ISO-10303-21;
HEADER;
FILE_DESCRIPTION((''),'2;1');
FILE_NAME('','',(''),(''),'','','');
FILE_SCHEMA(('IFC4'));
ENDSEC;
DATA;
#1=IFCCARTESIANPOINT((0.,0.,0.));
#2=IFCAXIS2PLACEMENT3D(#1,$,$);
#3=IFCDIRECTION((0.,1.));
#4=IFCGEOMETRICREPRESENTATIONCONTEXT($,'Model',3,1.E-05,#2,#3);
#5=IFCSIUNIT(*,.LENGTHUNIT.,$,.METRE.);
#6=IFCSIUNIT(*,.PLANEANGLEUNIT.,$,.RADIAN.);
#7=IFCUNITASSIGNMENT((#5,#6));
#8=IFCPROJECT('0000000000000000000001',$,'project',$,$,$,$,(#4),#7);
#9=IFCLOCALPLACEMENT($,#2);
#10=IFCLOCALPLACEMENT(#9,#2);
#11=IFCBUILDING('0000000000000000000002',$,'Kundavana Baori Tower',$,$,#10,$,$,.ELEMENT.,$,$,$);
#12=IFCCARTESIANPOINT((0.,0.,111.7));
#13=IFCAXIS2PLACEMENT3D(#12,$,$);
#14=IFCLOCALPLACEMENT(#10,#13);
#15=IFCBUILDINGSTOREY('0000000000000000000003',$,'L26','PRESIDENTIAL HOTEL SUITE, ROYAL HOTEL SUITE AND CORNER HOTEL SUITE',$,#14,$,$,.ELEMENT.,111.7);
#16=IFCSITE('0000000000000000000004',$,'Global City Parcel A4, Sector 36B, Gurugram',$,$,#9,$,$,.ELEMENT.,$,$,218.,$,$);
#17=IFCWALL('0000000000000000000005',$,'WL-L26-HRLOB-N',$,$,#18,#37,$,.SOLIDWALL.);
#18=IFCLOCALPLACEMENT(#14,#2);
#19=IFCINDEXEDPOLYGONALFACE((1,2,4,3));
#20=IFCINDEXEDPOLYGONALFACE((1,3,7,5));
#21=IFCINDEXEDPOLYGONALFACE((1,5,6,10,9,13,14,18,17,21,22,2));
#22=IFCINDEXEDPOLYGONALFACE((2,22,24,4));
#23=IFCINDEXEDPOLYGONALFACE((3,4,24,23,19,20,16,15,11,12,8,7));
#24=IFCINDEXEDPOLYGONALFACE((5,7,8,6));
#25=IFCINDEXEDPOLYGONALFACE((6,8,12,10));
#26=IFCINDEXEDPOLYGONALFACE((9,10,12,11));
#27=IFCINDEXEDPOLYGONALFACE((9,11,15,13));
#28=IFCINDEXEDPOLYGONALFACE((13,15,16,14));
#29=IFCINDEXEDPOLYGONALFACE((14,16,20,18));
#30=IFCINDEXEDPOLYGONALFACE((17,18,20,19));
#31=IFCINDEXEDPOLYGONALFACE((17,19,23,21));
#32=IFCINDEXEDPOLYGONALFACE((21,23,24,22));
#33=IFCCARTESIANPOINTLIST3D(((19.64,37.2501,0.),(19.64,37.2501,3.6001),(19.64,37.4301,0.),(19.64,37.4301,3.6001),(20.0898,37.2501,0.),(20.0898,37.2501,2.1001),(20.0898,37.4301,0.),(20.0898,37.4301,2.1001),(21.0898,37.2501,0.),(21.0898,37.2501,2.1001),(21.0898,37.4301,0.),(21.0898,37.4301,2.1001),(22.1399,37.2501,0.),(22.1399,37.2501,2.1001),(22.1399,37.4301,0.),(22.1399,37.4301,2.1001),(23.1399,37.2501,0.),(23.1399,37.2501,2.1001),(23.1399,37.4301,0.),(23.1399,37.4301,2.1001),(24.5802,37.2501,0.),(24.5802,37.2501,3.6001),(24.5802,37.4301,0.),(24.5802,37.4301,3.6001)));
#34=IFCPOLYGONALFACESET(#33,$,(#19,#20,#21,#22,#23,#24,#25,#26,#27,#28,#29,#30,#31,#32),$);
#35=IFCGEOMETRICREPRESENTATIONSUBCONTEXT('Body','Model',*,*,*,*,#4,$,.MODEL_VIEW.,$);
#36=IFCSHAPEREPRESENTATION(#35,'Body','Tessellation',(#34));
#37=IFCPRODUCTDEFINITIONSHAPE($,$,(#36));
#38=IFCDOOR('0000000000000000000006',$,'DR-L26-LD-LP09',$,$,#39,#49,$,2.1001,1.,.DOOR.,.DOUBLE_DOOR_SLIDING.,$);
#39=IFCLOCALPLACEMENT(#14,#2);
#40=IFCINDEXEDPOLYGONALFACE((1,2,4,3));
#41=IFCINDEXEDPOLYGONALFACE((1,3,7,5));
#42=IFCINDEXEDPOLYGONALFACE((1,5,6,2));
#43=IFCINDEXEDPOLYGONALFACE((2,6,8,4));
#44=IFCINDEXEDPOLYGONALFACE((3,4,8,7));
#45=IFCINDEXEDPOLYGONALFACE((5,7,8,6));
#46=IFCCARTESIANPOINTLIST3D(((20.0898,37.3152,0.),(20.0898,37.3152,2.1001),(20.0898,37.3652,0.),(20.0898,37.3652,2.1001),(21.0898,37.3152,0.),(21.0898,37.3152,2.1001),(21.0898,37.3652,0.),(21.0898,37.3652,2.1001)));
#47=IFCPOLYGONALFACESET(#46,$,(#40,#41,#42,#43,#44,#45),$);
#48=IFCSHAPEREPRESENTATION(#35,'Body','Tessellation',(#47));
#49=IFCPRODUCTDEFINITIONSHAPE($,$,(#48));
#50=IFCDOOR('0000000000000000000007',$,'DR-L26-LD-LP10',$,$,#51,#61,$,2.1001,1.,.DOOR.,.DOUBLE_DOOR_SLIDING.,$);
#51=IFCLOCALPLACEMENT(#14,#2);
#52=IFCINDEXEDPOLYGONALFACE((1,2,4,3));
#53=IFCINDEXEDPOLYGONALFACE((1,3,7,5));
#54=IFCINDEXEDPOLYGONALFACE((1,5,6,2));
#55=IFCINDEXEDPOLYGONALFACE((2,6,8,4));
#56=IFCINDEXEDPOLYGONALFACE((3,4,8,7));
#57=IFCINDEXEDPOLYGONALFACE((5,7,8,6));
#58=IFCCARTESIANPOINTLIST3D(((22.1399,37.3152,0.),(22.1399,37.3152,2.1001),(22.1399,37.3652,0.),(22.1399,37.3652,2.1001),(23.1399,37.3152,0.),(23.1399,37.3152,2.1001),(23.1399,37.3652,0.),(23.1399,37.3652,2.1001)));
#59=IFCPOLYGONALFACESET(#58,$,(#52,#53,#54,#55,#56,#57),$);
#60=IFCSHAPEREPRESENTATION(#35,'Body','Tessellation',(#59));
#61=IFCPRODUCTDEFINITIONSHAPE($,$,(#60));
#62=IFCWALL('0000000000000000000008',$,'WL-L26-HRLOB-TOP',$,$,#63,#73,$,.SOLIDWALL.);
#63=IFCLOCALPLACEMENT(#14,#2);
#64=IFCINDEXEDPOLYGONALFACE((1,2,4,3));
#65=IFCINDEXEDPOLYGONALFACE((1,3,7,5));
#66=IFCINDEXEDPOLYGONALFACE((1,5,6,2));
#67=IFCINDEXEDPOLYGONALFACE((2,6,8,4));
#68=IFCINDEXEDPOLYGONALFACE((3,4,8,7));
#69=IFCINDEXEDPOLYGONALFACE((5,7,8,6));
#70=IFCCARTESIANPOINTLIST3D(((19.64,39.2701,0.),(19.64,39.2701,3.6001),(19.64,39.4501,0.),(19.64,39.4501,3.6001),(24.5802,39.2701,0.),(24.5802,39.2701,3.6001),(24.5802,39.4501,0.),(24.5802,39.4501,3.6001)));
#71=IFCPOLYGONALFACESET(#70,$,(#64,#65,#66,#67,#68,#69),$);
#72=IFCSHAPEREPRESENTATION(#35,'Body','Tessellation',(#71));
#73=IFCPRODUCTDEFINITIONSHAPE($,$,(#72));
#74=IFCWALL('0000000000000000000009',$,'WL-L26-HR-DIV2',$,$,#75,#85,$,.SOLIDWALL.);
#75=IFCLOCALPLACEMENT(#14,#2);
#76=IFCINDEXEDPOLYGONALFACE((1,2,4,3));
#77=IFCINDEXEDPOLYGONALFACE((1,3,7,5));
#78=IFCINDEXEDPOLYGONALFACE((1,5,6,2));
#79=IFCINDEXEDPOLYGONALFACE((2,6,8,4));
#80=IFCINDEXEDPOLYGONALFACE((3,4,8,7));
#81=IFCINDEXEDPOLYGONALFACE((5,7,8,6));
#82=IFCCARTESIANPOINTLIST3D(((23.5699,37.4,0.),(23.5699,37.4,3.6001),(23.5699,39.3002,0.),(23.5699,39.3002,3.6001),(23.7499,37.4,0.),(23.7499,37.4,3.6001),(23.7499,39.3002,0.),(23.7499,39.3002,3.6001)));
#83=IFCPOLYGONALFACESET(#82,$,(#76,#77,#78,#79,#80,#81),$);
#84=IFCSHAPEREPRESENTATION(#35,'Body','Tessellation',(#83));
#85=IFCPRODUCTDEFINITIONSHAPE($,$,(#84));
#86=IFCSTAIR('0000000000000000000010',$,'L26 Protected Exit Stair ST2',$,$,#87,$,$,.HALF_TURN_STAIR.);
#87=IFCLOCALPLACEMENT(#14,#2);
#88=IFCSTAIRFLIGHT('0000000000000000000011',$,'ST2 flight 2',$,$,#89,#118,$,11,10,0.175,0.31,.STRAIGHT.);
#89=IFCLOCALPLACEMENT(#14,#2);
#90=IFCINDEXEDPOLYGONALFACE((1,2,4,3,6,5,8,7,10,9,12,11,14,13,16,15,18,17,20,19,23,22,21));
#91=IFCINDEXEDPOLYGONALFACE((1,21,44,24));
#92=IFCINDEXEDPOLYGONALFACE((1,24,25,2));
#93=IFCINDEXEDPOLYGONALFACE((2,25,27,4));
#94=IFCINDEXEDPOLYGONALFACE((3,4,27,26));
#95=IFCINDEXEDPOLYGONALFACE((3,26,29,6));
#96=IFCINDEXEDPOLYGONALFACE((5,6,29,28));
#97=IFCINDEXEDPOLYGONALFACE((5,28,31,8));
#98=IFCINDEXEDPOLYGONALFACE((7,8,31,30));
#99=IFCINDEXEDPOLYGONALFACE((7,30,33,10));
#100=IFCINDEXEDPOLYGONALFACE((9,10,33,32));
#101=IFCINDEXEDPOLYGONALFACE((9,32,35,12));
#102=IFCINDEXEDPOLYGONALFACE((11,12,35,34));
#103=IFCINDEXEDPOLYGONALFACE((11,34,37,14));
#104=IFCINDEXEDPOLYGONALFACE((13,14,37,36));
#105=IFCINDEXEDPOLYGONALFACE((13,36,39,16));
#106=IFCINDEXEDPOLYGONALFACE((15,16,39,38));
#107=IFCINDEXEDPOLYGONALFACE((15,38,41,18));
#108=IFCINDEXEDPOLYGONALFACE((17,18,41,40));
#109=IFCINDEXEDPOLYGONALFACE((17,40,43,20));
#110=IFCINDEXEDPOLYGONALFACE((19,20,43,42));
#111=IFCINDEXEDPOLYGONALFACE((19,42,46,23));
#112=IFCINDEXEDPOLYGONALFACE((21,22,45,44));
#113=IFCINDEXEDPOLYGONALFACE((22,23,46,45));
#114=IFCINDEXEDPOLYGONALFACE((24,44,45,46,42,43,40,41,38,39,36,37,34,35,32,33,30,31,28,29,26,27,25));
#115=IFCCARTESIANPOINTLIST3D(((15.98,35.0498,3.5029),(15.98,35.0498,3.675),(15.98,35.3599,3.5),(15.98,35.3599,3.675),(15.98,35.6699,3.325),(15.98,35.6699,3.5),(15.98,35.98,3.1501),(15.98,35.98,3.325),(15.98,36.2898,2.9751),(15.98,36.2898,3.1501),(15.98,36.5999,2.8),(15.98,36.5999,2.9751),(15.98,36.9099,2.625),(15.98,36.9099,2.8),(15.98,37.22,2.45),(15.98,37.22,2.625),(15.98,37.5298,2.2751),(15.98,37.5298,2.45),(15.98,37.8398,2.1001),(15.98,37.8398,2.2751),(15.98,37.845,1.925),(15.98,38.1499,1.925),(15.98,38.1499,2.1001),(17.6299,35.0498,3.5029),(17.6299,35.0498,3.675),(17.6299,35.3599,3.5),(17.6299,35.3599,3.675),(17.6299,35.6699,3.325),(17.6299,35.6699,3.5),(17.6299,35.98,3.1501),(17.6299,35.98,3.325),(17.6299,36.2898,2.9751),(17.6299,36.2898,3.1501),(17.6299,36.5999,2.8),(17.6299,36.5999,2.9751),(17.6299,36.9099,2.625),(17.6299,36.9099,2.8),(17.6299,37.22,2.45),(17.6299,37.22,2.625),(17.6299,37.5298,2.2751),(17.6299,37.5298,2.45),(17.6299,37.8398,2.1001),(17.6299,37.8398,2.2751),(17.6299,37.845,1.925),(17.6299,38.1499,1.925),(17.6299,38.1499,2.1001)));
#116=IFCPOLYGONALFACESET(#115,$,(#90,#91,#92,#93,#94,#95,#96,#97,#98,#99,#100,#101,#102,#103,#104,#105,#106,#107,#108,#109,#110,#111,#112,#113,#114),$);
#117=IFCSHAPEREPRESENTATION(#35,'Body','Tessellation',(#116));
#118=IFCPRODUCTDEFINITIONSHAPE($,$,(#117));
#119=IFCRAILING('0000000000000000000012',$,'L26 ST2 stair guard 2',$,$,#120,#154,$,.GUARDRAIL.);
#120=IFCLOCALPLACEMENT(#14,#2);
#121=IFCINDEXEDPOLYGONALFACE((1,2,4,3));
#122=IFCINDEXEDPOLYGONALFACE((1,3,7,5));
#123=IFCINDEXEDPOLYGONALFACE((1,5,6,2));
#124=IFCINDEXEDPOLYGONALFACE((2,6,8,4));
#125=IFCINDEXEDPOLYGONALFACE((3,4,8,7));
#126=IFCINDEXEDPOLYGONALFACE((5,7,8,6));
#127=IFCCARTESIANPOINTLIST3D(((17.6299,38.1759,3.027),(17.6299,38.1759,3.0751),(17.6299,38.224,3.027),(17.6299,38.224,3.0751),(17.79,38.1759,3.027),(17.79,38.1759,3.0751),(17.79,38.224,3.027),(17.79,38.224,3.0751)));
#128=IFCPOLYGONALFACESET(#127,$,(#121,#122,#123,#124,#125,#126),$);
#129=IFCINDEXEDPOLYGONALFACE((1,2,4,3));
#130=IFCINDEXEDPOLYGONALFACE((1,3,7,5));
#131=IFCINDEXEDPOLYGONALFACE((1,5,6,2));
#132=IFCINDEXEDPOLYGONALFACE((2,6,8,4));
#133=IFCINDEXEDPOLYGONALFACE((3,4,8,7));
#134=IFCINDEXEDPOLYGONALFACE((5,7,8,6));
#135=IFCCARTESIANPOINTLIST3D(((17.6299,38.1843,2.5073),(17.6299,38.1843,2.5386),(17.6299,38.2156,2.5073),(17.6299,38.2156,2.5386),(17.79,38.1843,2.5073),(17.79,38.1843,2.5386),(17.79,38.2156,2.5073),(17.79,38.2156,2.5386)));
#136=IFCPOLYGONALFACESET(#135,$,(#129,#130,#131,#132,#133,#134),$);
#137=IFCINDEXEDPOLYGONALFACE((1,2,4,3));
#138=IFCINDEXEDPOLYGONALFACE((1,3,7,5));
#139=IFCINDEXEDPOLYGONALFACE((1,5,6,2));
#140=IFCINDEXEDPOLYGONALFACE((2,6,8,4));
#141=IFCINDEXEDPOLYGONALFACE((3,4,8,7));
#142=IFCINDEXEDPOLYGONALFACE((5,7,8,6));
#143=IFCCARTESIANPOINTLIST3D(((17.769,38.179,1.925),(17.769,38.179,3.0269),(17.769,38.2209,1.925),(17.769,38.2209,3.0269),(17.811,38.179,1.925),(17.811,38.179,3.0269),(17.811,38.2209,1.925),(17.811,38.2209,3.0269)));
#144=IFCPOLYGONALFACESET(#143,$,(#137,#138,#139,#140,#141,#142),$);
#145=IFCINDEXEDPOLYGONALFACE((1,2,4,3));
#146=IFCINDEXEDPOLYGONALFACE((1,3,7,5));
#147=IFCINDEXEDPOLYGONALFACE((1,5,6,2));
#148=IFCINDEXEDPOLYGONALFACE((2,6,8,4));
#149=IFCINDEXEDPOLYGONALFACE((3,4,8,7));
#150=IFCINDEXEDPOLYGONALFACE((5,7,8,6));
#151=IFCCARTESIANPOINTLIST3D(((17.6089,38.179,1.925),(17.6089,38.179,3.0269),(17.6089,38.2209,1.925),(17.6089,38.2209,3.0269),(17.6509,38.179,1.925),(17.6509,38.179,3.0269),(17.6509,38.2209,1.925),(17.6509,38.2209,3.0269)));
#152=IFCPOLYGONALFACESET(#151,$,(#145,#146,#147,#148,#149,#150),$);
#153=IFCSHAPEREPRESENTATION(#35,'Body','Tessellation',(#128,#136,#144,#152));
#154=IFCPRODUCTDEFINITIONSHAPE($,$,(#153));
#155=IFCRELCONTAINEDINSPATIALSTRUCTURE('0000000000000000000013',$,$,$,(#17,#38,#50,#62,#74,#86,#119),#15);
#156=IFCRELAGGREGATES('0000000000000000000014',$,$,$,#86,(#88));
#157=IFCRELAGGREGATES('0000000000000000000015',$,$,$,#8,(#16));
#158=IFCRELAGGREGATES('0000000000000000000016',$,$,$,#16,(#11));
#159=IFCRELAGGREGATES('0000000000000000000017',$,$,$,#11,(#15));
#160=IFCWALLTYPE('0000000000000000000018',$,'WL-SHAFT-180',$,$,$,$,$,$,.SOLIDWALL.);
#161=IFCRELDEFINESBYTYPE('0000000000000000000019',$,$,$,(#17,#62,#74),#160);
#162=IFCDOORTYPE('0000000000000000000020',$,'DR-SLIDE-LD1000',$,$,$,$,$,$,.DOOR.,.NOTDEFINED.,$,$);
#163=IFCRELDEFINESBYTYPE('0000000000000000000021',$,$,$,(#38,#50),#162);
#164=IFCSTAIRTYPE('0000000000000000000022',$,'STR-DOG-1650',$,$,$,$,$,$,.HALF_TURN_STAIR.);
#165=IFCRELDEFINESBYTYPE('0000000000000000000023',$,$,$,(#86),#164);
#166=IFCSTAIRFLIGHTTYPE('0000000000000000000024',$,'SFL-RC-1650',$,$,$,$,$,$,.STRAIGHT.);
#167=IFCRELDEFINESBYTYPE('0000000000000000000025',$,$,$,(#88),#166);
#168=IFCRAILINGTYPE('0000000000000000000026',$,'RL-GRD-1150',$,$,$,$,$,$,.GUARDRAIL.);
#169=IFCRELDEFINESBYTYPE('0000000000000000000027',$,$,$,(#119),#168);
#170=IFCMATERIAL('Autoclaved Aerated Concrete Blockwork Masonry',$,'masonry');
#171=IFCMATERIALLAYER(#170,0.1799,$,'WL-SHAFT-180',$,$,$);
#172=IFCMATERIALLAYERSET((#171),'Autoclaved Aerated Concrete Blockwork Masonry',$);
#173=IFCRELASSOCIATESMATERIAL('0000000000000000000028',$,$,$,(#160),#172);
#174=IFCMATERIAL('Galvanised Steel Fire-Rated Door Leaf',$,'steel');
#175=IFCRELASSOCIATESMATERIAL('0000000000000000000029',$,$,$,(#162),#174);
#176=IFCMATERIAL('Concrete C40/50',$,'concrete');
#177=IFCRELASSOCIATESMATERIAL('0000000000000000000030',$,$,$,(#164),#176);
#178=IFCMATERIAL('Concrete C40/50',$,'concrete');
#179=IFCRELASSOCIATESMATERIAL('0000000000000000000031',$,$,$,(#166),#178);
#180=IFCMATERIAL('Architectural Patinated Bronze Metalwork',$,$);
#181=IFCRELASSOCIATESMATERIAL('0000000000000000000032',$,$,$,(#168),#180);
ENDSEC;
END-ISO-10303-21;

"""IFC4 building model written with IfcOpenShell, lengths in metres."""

from ifc_helpers import new_model, si_unit, direction, frame, frame_2d, origin, origin_2d, place, context, subcontext, project, spatial, polyline, rectangle, outline, extrude, material, layer, layer_set, type_object, element, fill, aggregate, save


model = new_model("IFC4")

# Units and contexts
model_context = context("Model", 3, precision=1e-05, world=origin(), true_north=direction((0.0, 1.0)))
body_context = subcontext(model_context, "Body", "Model", "MODEL_VIEW")
ifc_project = project(units=[si_unit("LENGTHUNIT", "METRE"), si_unit("PLANEANGLEUNIT", "RADIAN")], contexts=[model_context])

# Site, building, storey
site_placement = place(None, origin())
site = spatial("IfcSite", under=ifc_project, at=site_placement, Name="Global City Parcel A4, Sector 36B, Gurugram", CompositionType="ELEMENT", RefElevation=218.0)
building_placement = place(site_placement, origin())
building = spatial("IfcBuilding", under=site, at=building_placement, Name="Kundavana Baori Tower", CompositionType="ELEMENT")
storey_placement = place(building_placement, frame((0.0, 0.0, 111.7)))
storey = spatial("IfcBuildingStorey", under=building, at=storey_placement, Name="L26", Description="PRESIDENTIAL HOTEL SUITE, ROYAL HOTEL SUITE AND CORNER HOTEL SUITE", CompositionType="ELEMENT", Elevation=111.7)

# Wall, openings, doors
ifc_material_1 = material(Name="Autoclaved Aerated Concrete Blockwork Masonry", Category="masonry")
ifc_layer_1 = layer(ifc_material_1, 0.1799, Name="WL-SHAFT-180")
ifc_layer_set_1 = layer_set([ifc_layer_1], Name="Autoclaved Aerated Concrete Blockwork Masonry")
wall_type_1 = type_object("IfcWallType", Name="WL-SHAFT-180", PredefinedType="SOLIDWALL", material=ifc_layer_set_1)
wall_1_placement = place(storey_placement, frame((19.6399, 37.3401, 0.0), z_axis=(0.0, 0.0, 1.0), x_axis=(1.0, 0.0, 0.0)))
wall_1 = element("IfcWall", 1, at=wall_1_placement, inside=storey, type_object=wall_type_1, Name="WL-L26-HRLOB-N", PredefinedType="SOLIDWALL", context=body_context, shape_type="SweptSolid", body=[
    extrude(rectangle(XDim=4.9402, YDim=0.1799, at=frame_2d((2.4702, 0.0))), origin(), (0.0, 0.0, 1.0), 3.6001),
])
opening_1_placement = place(wall_1_placement, frame((0.45, 0.0, 0.0)))
opening_1 = element("IfcOpeningElement", 2, at=opening_1_placement, cuts=wall_1, PredefinedType="OPENING", context=body_context, shape_type="SweptSolid", body=[
    extrude(rectangle(XDim=1.0, YDim=2.1001, at=frame_2d((0.5, 1.05))), frame((0.0, 0.1001, 0.0), z_axis=(0.0, -1.0, 0.0), x_axis=(1.0, 0.0, 0.0)), (0.0, 0.0, 1.0), 0.2),
])
opening_2_placement = place(wall_1_placement, frame((2.5, 0.0, 0.0)))
opening_2 = element("IfcOpeningElement", 3, at=opening_2_placement, cuts=wall_1, PredefinedType="OPENING", context=body_context, shape_type="SweptSolid", body=[
    extrude(rectangle(XDim=1.0, YDim=2.1001, at=frame_2d((0.5, 1.05))), frame((0.0, 0.1001, 0.0), z_axis=(0.0, -1.0, 0.0), x_axis=(1.0, 0.0, 0.0)), (0.0, 0.0, 1.0), 0.2),
])
ifc_material_2 = material(Name="Galvanised Steel Fire-Rated Door Leaf", Category="steel")
door_type_1 = type_object("IfcDoorType", Name="DR-SLIDE-LD1000", OperationType="NOTDEFINED", PredefinedType="DOOR", material=ifc_material_2)
door_1_placement = place(opening_1_placement, frame((1.0, 0.0, 0.0), z_axis=(0.0, 0.0, 1.0), x_axis=(-1.0, 0.0, 0.0)))
door_1 = element("IfcDoor", 4, at=door_1_placement, inside=storey, type_object=door_type_1, Name="DR-L26-LD-LP09", OperationType="DOUBLE_DOOR_SLIDING", OverallHeight=2.1001, OverallWidth=1.0, PredefinedType="DOOR", context=body_context, shape_type="SweptSolid", body=[
    extrude(rectangle(XDim=1.0, YDim=2.1001, at=frame_2d((0.5, 1.05))), frame((0.0, 0.0249, 0.0), z_axis=(0.0, -1.0, 0.0), x_axis=(1.0, 0.0, 0.0)), (0.0, 0.0, 1.0), 0.05),
])
fill(opening_1, door_1)
door_2_placement = place(opening_2_placement, frame((1.0, 0.0, 0.0), z_axis=(0.0, 0.0, 1.0), x_axis=(-1.0, 0.0, 0.0)))
door_2 = element("IfcDoor", 5, at=door_2_placement, inside=storey, type_object=door_type_1, Name="DR-L26-LD-LP10", OperationType="DOUBLE_DOOR_SLIDING", OverallHeight=2.1001, OverallWidth=1.0, PredefinedType="DOOR", context=body_context, shape_type="SweptSolid", body=[
    extrude(rectangle(XDim=1.0, YDim=2.1001, at=frame_2d((0.5, 1.05))), frame((0.0, 0.0249, 0.0), z_axis=(0.0, -1.0, 0.0), x_axis=(1.0, 0.0, 0.0)), (0.0, 0.0, 1.0), 0.05),
])
fill(opening_2, door_2)

# Walls
wall_2_placement = place(storey_placement, frame((19.6399, 39.3601, 0.0), z_axis=(0.0, 0.0, 1.0), x_axis=(1.0, 0.0, 0.0)))
element("IfcWall", 6, at=wall_2_placement, inside=storey, type_object=wall_type_1, Name="WL-L26-HRLOB-TOP", PredefinedType="SOLIDWALL", context=body_context, shape_type="SweptSolid", body=[
    extrude(rectangle(XDim=4.9402, YDim=0.1799, at=frame_2d((2.4702, 0.0))), origin(), (0.0, 0.0, 1.0), 3.6001),
])
wall_3_placement = place(storey_placement, frame((23.6599, 37.3999, 0.0), z_axis=(0.0, 0.0, 1.0), x_axis=(0.0, 1.0, 0.0)))
element("IfcWall", 7, at=wall_3_placement, inside=storey, type_object=wall_type_1, Name="WL-L26-HR-DIV2", PredefinedType="SOLIDWALL", context=body_context, shape_type="SweptSolid", body=[
    extrude(rectangle(XDim=1.9001, YDim=0.1799, at=frame_2d((0.9502, 0.0))), origin(), (0.0, 0.0, 1.0), 3.6001),
])

# Stair, stair flight
ifc_material_3 = material(Name="Concrete C40/50", Category="concrete")
stair_type = type_object("IfcStairType", Name="STR-DOG-1650", PredefinedType="HALF_TURN_STAIR", material=ifc_material_3)
stair_placement = place(storey_placement, origin())
stair = element("IfcStair", 8, at=stair_placement, inside=storey, type_object=stair_type, Name="L26 Protected Exit Stair ST2", PredefinedType="HALF_TURN_STAIR")
ifc_material_4 = material(Name="Concrete C40/50", Category="concrete")
stair_flight_type = type_object("IfcStairFlightType", Name="SFL-RC-1650", PredefinedType="STRAIGHT", material=ifc_material_4)
stair_flight_placement = place(storey_placement, frame((16.8049, 38.1499, 1.925), z_axis=(0.0, 0.0, 1.0), x_axis=(0.0, -1.0, 0.0)))
stair_flight = element("IfcStairFlight", 9, at=stair_flight_placement, type_object=stair_flight_type, Name="ST2 flight 2", NumberOfRisers=11, NumberOfTreads=10, PredefinedType="STRAIGHT", RiserHeight=0.175, TreadLength=0.31, context=body_context, shape_type="SweptSolid", body=[
    extrude(outline(polyline([(0.0, 0.0), (0.0, 0.175), (0.3101, 0.175), (0.3101, 0.3501), (0.6201, 0.3501), (0.6201, 0.5249), (0.9299, 0.5249), (0.9299, 0.7), (1.24, 0.7), (1.24, 0.875), (1.55, 0.875), (1.55, 1.05), (1.8601, 1.05), (1.8601, 1.2251), (2.1699, 1.2251), (2.1699, 1.3999), (2.48, 1.3999), (2.48, 1.575), (2.79, 1.575), (2.79, 1.75), (3.1001, 1.75), (3.1001, 1.925), (3.1001, 1.5779), (0.3049, 0.0), (0.0, 0.0)])), frame((0.0, 0.825, 0.0), z_axis=(0.0, -1.0, 0.0), x_axis=(1.0, 0.0, 0.0)), (0.0, 0.0, 1.0), 1.6499),
])
aggregate(stair, [stair_flight])

# Railing
ifc_material_5 = material(Name="Architectural Patinated Bronze Metalwork")
railing_type_1 = type_object("IfcRailingType", Name="RL-GRD-1150", PredefinedType="GUARDRAIL", material=ifc_material_5)
railing_1_placement = place(storey_placement, frame((17.79, 38.2, 1.925)))
element("IfcRailing", 10, at=railing_1_placement, inside=storey, type_object=railing_type_1, Name="L26 ST2 stair guard 2", PredefinedType="GUARDRAIL", context=body_context, shape_type="SweptSolid", body=[
    extrude(rectangle(XDim=0.0481, YDim=0.0481, at=origin_2d()), frame((0.0, 0.0, 1.126), z_axis=(-1.0, 0.0, 0.0), x_axis=(0.0, -1.0, 0.0)), (0.0, 0.0, 1.0), 0.1602),
    extrude(rectangle(XDim=0.0312, YDim=0.0312, at=origin_2d()), frame((0.0, 0.0, 0.5979), z_axis=(-1.0, 0.0, 0.0), x_axis=(0.0, -1.0, 0.0)), (0.0, 0.0, 1.0), 0.1602),
    extrude(rectangle(XDim=0.042, YDim=0.042, at=origin_2d()), origin(), (0.0, 0.0, 1.0), 1.1018),
    extrude(rectangle(XDim=0.042, YDim=0.042, at=origin_2d()), frame((-0.1602, 0.0, 0.0)), (0.0, 0.0, 1.0), 1.1018),
])

save(model, "model.ifc")
